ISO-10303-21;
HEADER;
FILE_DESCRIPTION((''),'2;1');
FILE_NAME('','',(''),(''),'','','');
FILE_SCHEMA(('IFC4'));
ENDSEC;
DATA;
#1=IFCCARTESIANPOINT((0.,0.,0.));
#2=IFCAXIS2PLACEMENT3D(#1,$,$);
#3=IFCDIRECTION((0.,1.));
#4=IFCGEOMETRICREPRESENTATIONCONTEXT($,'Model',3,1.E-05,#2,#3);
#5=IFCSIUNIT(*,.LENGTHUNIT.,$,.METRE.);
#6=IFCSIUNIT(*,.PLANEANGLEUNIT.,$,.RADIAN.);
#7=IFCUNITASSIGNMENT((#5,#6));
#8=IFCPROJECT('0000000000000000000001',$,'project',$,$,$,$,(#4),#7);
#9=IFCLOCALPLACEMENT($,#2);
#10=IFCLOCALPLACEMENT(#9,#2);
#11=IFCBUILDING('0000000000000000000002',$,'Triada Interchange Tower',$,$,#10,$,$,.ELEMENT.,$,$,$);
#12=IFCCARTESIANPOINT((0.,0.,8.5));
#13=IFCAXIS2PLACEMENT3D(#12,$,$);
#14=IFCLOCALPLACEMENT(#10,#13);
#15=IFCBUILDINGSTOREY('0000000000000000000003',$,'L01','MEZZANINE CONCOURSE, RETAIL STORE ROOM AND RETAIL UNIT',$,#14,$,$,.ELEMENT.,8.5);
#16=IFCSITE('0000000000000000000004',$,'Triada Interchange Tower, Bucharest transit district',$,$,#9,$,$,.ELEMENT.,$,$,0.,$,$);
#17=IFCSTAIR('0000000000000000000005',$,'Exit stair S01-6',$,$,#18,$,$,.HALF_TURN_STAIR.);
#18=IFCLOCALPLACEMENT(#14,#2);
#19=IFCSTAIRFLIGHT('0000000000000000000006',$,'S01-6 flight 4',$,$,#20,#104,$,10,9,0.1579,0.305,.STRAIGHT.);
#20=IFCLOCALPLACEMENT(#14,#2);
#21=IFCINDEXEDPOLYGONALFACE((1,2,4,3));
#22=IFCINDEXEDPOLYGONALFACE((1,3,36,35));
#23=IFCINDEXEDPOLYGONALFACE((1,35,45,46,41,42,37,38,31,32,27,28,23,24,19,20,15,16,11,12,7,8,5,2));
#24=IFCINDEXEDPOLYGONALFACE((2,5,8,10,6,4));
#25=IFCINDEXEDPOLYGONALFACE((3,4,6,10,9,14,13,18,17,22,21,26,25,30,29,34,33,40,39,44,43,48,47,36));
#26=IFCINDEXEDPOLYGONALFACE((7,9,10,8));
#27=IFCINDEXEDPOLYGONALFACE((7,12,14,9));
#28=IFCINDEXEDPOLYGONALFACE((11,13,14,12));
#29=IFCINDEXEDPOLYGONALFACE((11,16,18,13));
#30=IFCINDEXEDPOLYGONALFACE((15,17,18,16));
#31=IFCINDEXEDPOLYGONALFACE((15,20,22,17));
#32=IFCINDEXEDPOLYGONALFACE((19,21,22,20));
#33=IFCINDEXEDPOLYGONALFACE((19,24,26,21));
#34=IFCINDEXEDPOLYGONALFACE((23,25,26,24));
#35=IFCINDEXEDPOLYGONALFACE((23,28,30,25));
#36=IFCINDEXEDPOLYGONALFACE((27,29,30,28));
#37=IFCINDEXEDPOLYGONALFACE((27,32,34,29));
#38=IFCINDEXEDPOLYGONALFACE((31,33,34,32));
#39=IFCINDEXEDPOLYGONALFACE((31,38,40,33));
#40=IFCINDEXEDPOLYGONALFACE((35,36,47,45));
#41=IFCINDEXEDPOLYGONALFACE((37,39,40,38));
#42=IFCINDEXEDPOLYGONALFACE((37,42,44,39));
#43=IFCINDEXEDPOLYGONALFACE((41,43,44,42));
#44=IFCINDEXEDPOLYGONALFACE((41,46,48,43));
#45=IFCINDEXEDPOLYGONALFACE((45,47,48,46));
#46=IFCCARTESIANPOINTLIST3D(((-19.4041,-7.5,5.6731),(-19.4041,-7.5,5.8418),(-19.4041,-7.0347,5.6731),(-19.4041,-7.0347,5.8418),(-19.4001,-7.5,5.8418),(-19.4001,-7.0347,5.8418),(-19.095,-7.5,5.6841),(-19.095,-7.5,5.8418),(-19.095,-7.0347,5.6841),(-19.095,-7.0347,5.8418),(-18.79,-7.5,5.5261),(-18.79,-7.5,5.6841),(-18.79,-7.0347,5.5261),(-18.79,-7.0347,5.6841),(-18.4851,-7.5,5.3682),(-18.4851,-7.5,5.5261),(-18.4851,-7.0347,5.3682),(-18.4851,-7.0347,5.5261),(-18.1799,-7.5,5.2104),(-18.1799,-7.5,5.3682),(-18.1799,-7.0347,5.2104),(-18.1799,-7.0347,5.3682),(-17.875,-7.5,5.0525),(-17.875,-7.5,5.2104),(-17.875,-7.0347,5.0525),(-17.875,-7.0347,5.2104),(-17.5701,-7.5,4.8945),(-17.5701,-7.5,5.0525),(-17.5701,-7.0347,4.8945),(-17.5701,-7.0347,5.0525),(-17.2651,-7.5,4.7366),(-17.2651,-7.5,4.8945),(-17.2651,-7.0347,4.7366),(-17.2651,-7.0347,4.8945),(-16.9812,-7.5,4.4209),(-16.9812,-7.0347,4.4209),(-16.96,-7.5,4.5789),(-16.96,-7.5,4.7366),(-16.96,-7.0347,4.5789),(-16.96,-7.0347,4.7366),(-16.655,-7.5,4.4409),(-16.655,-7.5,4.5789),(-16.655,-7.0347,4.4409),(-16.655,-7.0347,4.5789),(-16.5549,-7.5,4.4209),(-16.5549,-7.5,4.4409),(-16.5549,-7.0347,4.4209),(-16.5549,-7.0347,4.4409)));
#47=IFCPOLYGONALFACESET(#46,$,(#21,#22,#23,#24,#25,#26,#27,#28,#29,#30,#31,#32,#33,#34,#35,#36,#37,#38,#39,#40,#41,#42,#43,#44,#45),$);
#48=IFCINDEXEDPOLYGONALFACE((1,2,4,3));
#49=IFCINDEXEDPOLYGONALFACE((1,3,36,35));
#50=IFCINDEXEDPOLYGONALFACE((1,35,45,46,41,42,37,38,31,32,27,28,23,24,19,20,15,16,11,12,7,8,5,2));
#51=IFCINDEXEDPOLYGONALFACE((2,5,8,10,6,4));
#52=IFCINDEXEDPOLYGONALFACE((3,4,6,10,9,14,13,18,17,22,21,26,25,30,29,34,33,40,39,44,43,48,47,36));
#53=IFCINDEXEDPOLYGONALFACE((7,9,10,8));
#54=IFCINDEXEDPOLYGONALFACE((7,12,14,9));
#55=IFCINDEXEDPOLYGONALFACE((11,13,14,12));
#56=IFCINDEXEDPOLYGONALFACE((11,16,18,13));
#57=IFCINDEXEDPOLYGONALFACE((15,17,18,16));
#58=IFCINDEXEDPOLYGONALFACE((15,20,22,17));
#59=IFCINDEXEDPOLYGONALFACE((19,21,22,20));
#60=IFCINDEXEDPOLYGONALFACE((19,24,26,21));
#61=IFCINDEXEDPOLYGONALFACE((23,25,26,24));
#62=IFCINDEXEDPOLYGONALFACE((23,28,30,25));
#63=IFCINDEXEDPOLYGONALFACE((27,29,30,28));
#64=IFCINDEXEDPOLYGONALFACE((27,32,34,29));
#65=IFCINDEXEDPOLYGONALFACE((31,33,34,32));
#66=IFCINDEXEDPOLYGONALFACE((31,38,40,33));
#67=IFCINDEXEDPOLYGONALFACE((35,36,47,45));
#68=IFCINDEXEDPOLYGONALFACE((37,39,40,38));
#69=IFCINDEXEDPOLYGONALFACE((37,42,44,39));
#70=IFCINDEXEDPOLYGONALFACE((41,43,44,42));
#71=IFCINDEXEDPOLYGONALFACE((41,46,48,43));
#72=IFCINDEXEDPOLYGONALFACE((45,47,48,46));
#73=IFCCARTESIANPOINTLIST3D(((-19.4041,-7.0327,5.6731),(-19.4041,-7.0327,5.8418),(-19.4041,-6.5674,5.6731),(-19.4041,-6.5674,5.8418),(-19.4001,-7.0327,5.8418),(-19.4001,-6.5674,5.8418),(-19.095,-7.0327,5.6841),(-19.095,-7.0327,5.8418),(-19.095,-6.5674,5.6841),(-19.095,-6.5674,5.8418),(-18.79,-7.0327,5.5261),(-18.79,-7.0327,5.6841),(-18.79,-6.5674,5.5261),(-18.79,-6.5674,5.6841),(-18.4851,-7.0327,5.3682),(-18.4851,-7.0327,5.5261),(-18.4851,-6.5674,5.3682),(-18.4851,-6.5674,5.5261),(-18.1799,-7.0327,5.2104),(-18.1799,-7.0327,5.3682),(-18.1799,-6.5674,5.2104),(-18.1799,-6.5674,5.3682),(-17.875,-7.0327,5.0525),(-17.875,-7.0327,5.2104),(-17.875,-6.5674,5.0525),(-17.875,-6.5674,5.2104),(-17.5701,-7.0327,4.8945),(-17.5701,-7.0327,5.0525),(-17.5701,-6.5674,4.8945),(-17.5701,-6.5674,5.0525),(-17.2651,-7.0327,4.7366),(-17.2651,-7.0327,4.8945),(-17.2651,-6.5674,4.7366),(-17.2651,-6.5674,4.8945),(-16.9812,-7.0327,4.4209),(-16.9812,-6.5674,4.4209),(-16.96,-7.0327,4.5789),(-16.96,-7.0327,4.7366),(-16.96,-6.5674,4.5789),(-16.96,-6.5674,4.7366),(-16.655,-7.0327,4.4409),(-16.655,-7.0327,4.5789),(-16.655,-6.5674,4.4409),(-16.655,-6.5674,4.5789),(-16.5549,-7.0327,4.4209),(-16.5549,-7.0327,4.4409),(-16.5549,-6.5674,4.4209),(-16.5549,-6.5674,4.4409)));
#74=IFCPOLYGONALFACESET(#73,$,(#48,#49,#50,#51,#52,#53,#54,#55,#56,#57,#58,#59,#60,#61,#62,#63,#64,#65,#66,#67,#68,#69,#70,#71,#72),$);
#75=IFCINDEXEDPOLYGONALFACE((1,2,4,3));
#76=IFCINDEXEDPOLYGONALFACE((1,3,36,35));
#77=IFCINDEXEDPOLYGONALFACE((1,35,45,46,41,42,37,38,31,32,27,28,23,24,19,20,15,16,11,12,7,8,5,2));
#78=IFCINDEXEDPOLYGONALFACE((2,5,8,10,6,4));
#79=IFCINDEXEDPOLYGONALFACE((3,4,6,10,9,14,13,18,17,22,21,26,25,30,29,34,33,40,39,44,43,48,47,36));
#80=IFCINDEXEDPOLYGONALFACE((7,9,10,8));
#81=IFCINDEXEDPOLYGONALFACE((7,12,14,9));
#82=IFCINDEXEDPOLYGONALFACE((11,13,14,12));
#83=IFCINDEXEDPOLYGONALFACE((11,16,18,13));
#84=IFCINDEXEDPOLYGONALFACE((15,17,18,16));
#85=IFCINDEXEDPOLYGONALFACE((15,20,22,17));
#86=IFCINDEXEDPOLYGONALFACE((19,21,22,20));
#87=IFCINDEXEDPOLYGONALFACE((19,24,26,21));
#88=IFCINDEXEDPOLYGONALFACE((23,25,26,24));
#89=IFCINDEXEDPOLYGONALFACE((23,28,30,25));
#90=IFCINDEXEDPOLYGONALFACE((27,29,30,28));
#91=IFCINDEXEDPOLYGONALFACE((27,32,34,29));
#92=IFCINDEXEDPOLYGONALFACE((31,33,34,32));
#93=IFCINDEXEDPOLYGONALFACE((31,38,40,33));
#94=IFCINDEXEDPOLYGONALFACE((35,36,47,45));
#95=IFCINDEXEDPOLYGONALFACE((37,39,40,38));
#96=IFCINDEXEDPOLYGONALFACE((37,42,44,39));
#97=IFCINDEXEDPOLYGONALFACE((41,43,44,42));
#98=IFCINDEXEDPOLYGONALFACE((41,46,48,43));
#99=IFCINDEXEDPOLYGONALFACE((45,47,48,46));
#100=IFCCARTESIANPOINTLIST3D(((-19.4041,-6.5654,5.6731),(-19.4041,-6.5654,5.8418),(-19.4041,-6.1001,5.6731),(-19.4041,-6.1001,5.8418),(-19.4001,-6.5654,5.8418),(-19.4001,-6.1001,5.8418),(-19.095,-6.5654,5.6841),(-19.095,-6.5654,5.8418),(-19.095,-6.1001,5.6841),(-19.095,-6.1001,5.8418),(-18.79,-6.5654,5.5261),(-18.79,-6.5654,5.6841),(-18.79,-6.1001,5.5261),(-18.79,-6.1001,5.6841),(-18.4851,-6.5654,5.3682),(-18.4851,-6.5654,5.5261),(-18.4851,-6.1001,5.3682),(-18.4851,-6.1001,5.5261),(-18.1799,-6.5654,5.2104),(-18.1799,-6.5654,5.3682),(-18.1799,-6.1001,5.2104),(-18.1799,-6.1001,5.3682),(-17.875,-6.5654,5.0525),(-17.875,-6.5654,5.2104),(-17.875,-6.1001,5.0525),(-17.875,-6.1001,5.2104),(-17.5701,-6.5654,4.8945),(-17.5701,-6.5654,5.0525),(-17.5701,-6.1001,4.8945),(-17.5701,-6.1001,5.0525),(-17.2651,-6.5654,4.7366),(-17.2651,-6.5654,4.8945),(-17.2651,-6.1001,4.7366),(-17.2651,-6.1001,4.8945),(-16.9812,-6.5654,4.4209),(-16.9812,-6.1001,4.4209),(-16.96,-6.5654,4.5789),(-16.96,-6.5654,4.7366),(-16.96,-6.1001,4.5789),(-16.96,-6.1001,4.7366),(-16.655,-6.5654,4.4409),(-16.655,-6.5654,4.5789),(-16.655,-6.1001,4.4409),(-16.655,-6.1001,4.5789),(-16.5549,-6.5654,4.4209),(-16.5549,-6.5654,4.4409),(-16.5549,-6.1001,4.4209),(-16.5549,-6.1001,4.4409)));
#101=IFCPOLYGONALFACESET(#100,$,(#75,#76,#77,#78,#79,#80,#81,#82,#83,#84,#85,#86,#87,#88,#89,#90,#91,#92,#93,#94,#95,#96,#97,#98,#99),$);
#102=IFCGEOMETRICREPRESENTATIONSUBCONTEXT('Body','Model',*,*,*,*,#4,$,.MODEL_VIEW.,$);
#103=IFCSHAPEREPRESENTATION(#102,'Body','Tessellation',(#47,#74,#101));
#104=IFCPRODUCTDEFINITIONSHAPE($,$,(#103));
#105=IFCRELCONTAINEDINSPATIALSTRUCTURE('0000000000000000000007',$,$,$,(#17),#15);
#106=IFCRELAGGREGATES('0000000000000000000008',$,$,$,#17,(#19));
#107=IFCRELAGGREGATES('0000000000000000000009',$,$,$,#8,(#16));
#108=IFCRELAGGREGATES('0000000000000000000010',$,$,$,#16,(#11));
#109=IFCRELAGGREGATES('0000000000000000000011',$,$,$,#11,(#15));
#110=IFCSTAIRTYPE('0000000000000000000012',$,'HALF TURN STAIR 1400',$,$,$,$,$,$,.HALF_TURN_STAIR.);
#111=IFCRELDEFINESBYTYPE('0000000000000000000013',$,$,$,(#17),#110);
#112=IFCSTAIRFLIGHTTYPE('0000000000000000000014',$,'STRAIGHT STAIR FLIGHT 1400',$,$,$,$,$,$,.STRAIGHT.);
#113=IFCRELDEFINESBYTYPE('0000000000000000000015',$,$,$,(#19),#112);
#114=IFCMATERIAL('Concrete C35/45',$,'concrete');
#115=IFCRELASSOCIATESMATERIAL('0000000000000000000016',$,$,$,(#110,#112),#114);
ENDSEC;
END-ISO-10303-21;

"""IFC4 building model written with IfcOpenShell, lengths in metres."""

from ifc_helpers import new_model, si_unit, direction, frame, origin, place, context, subcontext, project, spatial, polyline, outline, extrude, material, type_object, element, aggregate, save


model = new_model("IFC4")

# Units and contexts
model_context = context("Model", 3, precision=1e-05, world=origin(), true_north=direction((0.0, 1.0)))
body_context = subcontext(model_context, "Body", "Model", "MODEL_VIEW")
ifc_project = project(units=[si_unit("LENGTHUNIT", "METRE"), si_unit("PLANEANGLEUNIT", "RADIAN")], contexts=[model_context])

# Site, building, storey
site_placement = place(None, origin())
site = spatial("IfcSite", under=ifc_project, at=site_placement, Name="Triada Interchange Tower, Bucharest transit district", CompositionType="ELEMENT", RefElevation=0.0)
building_placement = place(site_placement, origin())
building = spatial("IfcBuilding", under=site, at=building_placement, Name="Triada Interchange Tower", CompositionType="ELEMENT")
storey_placement = place(building_placement, frame((0.0, 0.0, 8.5)))
storey = spatial("IfcBuildingStorey", under=building, at=storey_placement, Name="L01", Description="MEZZANINE CONCOURSE, RETAIL STORE ROOM AND RETAIL UNIT", CompositionType="ELEMENT", Elevation=8.5)

# Shared definitions
ifc_material_1 = material(Name="Concrete C35/45", Category="concrete")

# Stair, stair flight
stair_type = type_object("IfcStairType", Name="HALF TURN STAIR 1400", PredefinedType="HALF_TURN_STAIR", material=ifc_material_1)
stair_flight_type = type_object("IfcStairFlightType", Name="STRAIGHT STAIR FLIGHT 1400", PredefinedType="STRAIGHT", material=ifc_material_1)
stair_1_placement = place(storey_placement, origin())
stair_1 = element("IfcStair", 1, at=stair_1_placement, inside=storey, type_object=stair_type, Name="Exit stair S01-6", PredefinedType="HALF_TURN_STAIR")
stair_flight_1_placement = place(storey_placement, frame((-16.655, -6.8, 4.4209), z_axis=(0.0, 0.0, 1.0), x_axis=(-1.0, 0.0, 0.0)))
stair_flight_1 = element("IfcStairFlight", 2, at=stair_flight_1_placement, type_object=stair_flight_type, Name="S01-6 flight 4", NumberOfRisers=10, NumberOfTreads=9, PredefinedType="STRAIGHT", RiserHeight=0.1579, TreadLength=0.305, context=body_context, shape_type="SweptSolid", body=[
    extrude(outline(polyline([(-0.1001, 0.0), (-0.1001, 0.02), (0.0, 0.02), (0.0, 0.158), (0.3049, 0.158), (0.3049, 0.3157), (0.6101, 0.3157), (0.6101, 0.4736), (0.915, 0.4736), (0.915, 0.6316), (1.22, 0.6316), (1.22, 0.7896), (1.5249, 0.7896), (1.5249, 0.9473), (1.8301, 0.9473), (1.8301, 1.1052), (2.135, 1.1052), (2.135, 1.2632), (2.4399, 1.2632), (2.4399, 1.4209), (2.7451, 1.4209), (2.749, 1.4209), (2.749, 1.5789), (2.749, 1.2522), (0.3262, 0.0), (-0.1001, 0.0)])), frame((0.0, 0.7, 0.0), z_axis=(0.0, -1.0, 0.0), x_axis=(1.0, 0.0, 0.0)), (0.0, 0.0, 1.0), 0.4653),
    extrude(outline(polyline([(-0.1001, 0.0), (-0.1001, 0.02), (0.0, 0.02), (0.0, 0.158), (0.3049, 0.158), (0.3049, 0.3157), (0.6101, 0.3157), (0.6101, 0.4736), (0.915, 0.4736), (0.915, 0.6316), (1.22, 0.6316), (1.22, 0.7896), (1.5249, 0.7896), (1.5249, 0.9473), (1.8301, 0.9473), (1.8301, 1.1052), (2.135, 1.1052), (2.135, 1.2632), (2.4399, 1.2632), (2.4399, 1.4209), (2.7451, 1.4209), (2.749, 1.4209), (2.749, 1.5789), (2.749, 1.2522), (0.3262, 0.0), (-0.1001, 0.0)])), frame((0.0, 0.2327, 0.0), z_axis=(0.0, -1.0, 0.0), x_axis=(1.0, 0.0, 0.0)), (0.0, 0.0, 1.0), 0.4653),
    extrude(outline(polyline([(-0.1001, 0.0), (-0.1001, 0.02), (0.0, 0.02), (0.0, 0.158), (0.3049, 0.158), (0.3049, 0.3157), (0.6101, 0.3157), (0.6101, 0.4736), (0.915, 0.4736), (0.915, 0.6316), (1.22, 0.6316), (1.22, 0.7896), (1.5249, 0.7896), (1.5249, 0.9473), (1.8301, 0.9473), (1.8301, 1.1052), (2.135, 1.1052), (2.135, 1.2632), (2.4399, 1.2632), (2.4399, 1.4209), (2.7451, 1.4209), (2.749, 1.4209), (2.749, 1.5789), (2.749, 1.2522), (0.3262, 0.0), (-0.1001, 0.0)])), frame((0.0, -0.2346, 0.0), z_axis=(0.0, -1.0, 0.0), x_axis=(1.0, 0.0, 0.0)), (0.0, 0.0, 1.0), 0.4653),
])

aggregate(stair_1, [stair_flight_1])

save(model, "model.ifc")
